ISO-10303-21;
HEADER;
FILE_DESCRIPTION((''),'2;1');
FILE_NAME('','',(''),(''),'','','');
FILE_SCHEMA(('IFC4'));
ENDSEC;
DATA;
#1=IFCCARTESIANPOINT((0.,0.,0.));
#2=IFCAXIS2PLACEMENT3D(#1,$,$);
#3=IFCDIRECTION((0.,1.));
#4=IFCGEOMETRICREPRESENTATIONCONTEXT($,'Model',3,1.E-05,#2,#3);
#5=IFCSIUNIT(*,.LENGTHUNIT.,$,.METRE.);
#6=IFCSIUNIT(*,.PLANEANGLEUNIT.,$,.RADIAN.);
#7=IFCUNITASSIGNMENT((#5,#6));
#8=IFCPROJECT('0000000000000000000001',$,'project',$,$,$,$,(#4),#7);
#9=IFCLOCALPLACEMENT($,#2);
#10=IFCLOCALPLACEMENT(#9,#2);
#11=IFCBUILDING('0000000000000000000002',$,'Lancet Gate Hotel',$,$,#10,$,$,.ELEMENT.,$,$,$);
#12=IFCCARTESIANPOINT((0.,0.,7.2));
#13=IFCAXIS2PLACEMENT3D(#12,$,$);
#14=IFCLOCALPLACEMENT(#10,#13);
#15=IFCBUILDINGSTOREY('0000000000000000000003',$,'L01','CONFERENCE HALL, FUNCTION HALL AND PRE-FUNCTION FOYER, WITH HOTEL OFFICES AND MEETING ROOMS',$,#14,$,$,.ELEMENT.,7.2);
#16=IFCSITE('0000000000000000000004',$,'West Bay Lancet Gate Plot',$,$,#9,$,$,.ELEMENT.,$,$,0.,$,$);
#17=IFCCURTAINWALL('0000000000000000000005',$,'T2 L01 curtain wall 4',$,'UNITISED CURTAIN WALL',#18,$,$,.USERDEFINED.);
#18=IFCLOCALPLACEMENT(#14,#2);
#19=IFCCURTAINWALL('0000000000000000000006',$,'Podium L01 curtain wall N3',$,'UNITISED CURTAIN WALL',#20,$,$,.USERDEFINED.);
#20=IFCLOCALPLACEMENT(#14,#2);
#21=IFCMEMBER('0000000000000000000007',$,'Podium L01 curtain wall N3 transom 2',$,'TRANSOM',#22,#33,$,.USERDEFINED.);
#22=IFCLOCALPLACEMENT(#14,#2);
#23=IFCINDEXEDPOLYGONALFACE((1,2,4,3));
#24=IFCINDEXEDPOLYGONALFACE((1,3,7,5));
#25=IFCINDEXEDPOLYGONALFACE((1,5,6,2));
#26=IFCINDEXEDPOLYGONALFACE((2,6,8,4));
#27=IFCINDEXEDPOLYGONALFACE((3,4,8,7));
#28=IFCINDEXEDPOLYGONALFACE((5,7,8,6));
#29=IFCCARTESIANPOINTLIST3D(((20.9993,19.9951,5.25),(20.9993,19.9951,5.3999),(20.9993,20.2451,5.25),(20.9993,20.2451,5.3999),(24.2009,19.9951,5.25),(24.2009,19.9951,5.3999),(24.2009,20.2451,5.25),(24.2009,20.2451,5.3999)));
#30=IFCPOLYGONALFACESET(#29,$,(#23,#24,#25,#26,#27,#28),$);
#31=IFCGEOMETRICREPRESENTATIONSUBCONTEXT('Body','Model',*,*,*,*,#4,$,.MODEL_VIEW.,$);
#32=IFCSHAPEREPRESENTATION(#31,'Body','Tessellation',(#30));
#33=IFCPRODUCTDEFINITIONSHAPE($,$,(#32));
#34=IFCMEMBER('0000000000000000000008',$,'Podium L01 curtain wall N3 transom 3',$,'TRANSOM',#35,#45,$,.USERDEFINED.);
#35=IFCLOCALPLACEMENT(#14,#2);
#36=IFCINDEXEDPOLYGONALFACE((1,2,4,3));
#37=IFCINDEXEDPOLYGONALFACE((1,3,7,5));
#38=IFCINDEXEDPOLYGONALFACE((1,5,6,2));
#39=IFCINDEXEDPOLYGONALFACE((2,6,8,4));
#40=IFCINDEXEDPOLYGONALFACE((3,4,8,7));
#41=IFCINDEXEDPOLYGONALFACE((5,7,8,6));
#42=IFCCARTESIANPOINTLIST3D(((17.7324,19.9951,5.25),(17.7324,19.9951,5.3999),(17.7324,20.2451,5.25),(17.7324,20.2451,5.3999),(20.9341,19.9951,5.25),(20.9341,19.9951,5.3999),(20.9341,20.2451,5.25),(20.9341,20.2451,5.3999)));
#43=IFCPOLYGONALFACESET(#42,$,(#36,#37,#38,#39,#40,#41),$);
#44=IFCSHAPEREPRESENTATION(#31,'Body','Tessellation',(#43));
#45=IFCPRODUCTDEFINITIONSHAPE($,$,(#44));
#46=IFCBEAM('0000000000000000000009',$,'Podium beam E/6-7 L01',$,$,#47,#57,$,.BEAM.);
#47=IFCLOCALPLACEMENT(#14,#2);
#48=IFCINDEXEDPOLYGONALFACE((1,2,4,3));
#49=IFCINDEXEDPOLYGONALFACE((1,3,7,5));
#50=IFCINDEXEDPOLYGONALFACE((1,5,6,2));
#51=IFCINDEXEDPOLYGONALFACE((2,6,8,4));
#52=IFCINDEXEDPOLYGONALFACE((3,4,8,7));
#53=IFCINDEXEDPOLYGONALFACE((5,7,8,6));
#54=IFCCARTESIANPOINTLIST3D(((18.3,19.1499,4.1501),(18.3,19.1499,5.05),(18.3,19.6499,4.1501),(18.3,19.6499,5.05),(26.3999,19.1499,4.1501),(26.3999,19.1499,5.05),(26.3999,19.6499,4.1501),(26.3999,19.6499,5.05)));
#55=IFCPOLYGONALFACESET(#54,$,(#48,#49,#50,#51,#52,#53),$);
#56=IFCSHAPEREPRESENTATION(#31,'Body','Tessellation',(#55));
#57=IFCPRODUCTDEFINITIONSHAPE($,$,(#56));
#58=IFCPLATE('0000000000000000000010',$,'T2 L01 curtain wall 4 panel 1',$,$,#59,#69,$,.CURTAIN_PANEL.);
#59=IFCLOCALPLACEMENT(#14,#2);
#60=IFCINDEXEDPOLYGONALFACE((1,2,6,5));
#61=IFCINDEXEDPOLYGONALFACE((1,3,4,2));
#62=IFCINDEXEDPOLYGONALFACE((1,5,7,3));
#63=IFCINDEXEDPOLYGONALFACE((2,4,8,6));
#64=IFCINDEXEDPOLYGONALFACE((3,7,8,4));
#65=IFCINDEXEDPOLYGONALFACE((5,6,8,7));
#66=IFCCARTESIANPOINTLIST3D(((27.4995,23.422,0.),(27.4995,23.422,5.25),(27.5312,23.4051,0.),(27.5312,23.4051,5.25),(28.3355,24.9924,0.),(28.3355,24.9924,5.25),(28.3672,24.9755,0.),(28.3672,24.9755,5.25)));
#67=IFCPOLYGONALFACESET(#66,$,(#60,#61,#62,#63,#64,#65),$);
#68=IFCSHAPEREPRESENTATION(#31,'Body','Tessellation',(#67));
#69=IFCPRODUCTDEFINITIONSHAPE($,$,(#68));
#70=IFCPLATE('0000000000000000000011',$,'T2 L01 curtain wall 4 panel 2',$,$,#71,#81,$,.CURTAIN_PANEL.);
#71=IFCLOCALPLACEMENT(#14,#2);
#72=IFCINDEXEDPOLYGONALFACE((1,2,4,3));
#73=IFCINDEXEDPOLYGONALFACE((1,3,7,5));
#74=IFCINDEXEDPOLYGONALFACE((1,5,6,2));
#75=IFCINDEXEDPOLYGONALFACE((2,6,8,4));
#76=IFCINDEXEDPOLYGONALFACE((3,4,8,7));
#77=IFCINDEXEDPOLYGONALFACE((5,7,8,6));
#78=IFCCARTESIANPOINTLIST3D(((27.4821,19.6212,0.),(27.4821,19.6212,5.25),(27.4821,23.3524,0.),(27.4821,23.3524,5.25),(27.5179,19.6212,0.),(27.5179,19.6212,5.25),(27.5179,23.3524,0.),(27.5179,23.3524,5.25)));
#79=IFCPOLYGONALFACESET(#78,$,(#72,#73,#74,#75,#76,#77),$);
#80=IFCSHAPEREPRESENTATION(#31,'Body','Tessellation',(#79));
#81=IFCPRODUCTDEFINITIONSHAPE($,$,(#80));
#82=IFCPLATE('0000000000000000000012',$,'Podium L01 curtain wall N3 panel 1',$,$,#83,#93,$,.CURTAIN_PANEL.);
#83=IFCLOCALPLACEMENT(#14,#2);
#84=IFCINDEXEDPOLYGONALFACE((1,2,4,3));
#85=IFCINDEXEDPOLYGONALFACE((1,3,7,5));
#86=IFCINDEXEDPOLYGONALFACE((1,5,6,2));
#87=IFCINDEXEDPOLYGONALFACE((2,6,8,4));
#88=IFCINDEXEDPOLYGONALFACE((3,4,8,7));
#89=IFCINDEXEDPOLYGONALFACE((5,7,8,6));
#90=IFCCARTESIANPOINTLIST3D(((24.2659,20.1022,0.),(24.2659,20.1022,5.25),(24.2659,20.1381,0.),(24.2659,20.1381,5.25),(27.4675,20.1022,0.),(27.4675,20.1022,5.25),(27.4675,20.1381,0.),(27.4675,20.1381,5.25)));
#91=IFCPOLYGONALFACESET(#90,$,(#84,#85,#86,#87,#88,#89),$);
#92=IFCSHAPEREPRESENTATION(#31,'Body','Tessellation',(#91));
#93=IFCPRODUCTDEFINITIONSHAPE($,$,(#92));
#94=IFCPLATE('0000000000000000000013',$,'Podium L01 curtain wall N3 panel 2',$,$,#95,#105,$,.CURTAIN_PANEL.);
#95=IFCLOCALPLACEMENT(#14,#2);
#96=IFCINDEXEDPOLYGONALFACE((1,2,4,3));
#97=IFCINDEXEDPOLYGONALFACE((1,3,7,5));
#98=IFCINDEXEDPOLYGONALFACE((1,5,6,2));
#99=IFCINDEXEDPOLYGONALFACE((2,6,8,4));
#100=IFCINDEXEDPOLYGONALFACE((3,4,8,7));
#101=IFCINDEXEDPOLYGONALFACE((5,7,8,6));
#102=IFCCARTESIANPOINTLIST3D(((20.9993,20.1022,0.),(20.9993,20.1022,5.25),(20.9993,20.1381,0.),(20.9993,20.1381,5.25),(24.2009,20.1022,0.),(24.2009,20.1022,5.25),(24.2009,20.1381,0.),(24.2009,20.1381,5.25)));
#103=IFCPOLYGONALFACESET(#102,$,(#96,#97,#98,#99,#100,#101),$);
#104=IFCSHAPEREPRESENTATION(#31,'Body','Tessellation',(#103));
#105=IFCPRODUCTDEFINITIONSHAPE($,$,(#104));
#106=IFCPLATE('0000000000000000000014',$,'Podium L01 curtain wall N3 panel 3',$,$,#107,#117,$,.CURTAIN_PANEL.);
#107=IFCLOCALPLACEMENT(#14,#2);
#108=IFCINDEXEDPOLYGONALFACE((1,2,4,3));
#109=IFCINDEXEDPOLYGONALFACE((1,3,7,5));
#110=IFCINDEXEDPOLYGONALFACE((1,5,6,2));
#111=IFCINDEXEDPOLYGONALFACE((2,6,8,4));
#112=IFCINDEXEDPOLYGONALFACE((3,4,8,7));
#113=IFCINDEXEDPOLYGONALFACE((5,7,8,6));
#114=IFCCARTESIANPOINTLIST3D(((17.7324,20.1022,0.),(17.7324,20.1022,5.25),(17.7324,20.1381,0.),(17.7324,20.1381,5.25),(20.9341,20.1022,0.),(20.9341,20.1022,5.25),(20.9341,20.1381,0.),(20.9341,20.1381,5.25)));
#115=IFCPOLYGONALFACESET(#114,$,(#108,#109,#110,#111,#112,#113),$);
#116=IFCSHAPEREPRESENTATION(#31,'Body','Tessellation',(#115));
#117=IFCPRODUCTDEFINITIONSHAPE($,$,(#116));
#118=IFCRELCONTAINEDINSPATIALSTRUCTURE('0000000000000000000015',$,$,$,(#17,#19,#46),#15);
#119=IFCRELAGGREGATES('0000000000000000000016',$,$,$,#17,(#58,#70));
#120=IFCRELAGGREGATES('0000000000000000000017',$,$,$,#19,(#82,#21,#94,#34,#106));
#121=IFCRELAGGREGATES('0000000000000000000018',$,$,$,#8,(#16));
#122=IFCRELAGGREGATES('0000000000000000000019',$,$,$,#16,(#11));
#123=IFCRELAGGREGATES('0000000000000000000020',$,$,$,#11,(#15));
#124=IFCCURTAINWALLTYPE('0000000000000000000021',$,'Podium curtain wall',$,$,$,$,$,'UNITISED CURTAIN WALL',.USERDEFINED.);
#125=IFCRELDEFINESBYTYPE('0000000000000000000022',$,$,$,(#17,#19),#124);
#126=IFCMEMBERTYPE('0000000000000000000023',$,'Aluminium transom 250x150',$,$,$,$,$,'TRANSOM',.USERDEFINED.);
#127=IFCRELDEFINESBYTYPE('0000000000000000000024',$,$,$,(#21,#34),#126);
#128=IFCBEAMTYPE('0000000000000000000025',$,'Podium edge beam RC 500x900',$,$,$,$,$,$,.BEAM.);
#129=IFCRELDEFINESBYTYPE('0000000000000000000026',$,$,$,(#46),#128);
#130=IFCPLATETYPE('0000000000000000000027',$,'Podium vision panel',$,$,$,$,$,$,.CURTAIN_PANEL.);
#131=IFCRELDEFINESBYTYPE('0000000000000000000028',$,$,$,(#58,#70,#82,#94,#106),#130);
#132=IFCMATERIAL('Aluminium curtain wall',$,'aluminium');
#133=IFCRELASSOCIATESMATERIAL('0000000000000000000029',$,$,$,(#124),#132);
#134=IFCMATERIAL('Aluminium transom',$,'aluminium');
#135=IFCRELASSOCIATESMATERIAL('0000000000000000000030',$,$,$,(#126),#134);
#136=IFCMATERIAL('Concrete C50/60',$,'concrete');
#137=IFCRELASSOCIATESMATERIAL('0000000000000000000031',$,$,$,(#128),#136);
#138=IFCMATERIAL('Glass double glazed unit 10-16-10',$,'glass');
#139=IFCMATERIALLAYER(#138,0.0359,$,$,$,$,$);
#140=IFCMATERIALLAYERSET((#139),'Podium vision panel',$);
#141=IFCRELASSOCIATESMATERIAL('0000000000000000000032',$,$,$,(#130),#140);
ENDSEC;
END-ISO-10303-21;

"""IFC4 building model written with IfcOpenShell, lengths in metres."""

from ifc_helpers import new_model, si_unit, direction, frame, origin, origin_2d, place, context, subcontext, project, spatial, rectangle, extrude, material, layer, layer_set, material_profile, profile_set, type_object, element, aggregate, save


model = new_model("IFC4")

# Units and contexts
model_context = context("Model", 3, precision=1e-05, world=origin(), true_north=direction((0.0, 1.0)))
body_context = subcontext(model_context, "Body", "Model", "MODEL_VIEW")
ifc_project = project(units=[si_unit("LENGTHUNIT", "METRE"), si_unit("PLANEANGLEUNIT", "RADIAN")], contexts=[model_context])

# Site, building, storey
site_placement = place(None, origin())
site = spatial("IfcSite", under=ifc_project, at=site_placement, Name="West Bay Lancet Gate Plot", CompositionType="ELEMENT", RefElevation=0.0)
building_placement = place(site_placement, origin())
building = spatial("IfcBuilding", under=site, at=building_placement, Name="Lancet Gate Hotel", CompositionType="ELEMENT")
storey_placement = place(building_placement, frame((0.0, 0.0, 7.2)))
storey = spatial("IfcBuildingStorey", under=building, at=storey_placement, Name="L01", Description="CONFERENCE HALL, FUNCTION HALL AND PRE-FUNCTION FOYER, WITH HOTEL OFFICES AND MEETING ROOMS", CompositionType="ELEMENT", Elevation=7.2)

# Shared definitions
ifc_material_1 = material(Name="Aluminium curtain wall", Category="aluminium")
curtain_wall_type = type_object("IfcCurtainWallType", Name="Podium curtain wall", ElementType="UNITISED CURTAIN WALL", PredefinedType="USERDEFINED", material=ifc_material_1)

# Curtain walls
curtain_wall_1_placement = place(storey_placement, origin())
curtain_wall_1 = element("IfcCurtainWall", 1, at=curtain_wall_1_placement, inside=storey, type_object=curtain_wall_type, Name="T2 L01 curtain wall 4", ObjectType="UNITISED CURTAIN WALL", PredefinedType="USERDEFINED")
curtain_wall_2_placement = place(storey_placement, origin())
curtain_wall_2 = element("IfcCurtainWall", 2, at=curtain_wall_2_placement, inside=storey, type_object=curtain_wall_type, Name="Podium L01 curtain wall N3", ObjectType="UNITISED CURTAIN WALL", PredefinedType="USERDEFINED")

# Members
ifc_material_2 = material(Name="Aluminium transom", Category="aluminium")
ifc_material_profile_1 = material_profile(ifc_material_2, rectangle(XDim=0.25, YDim=0.1499, at=origin_2d()), Name="TRANSOM 250x150")
ifc_profile_set_1 = profile_set([ifc_material_profile_1], Name="Aluminium transom")
member_type_1 = type_object("IfcMemberType", Name="Aluminium transom 250x150", ElementType="TRANSOM", PredefinedType="USERDEFINED", material=ifc_profile_set_1)
member_1_placement = place(storey_placement, frame((24.2009, 20.1201, 5.325), z_axis=(-1.0, 0.0, 0.0), x_axis=(0.0, -1.0, 0.0)))
member_1 = element("IfcMember", 3, at=member_1_placement, type_object=member_type_1, Name="Podium L01 curtain wall N3 transom 2", ObjectType="TRANSOM", PredefinedType="USERDEFINED", context=body_context, shape_type="SweptSolid", body=[
    extrude(rectangle(XDim=0.25, YDim=0.1499, at=origin_2d()), origin(), (0.0, 0.0, 1.0), 3.2017),
])
member_2_placement = place(storey_placement, frame((20.9341, 20.1201, 5.325), z_axis=(-1.0, 0.0, 0.0), x_axis=(0.0, -1.0, 0.0)))
member_2 = element("IfcMember", 4, at=member_2_placement, type_object=member_type_1, Name="Podium L01 curtain wall N3 transom 3", ObjectType="TRANSOM", PredefinedType="USERDEFINED", context=body_context, shape_type="SweptSolid", body=[
    extrude(rectangle(XDim=0.25, YDim=0.1499, at=origin_2d()), origin(), (0.0, 0.0, 1.0), 3.2017),
])

# Beam
ifc_material_3 = material(Name="Concrete C50/60", Category="concrete")
ifc_material_profile_2 = material_profile(ifc_material_3, rectangle(XDim=0.5, YDim=0.8999, at=origin_2d()), Name="RC 500x900")
ifc_profile_set_2 = profile_set([ifc_material_profile_2], Name="Concrete C50/60")
beam_type = type_object("IfcBeamType", Name="Podium edge beam RC 500x900", PredefinedType="BEAM", material=ifc_profile_set_2)
beam_placement = place(storey_placement, frame((18.3, 19.3999, 4.6001), z_axis=(1.0, 0.0, 0.0), x_axis=(0.0, 1.0, 0.0)))
element("IfcBeam", 5, at=beam_placement, inside=storey, type_object=beam_type, Name="Podium beam E/6-7 L01", PredefinedType="BEAM", context=body_context, shape_type="SweptSolid", body=[
    extrude(rectangle(XDim=0.5, YDim=0.8999, at=origin_2d()), origin(), (0.0, 0.0, 1.0), 8.0999),
])

# Plates
ifc_material_4 = material(Name="Glass double glazed unit 10-16-10", Category="glass")
ifc_layer = layer(ifc_material_4, 0.0359)
ifc_layer_set = layer_set([ifc_layer], Name="Podium vision panel")
plate_type = type_object("IfcPlateType", Name="Podium vision panel", PredefinedType="CURTAIN_PANEL", material=ifc_layer_set)
plate_1_placement = place(storey_placement, frame((27.9333, 24.1987, 0.0), z_axis=(0.0, 0.0, 1.0), x_axis=(-0.469898, -0.882721, 0.0)))
plate_1 = element("IfcPlate", 6, at=plate_1_placement, type_object=plate_type, Name="T2 L01 curtain wall 4 panel 1", PredefinedType="CURTAIN_PANEL", context=body_context, shape_type="SweptSolid", body=[
    extrude(rectangle(XDim=1.7791, YDim=0.0359, at=origin_2d()), origin(), (0.0, 0.0, 1.0), 5.25),
])
plate_2_placement = place(storey_placement, frame((27.5, 21.4868, 0.0), z_axis=(0.0, 0.0, 1.0), x_axis=(0.0, -1.0, 0.0)))
plate_2 = element("IfcPlate", 7, at=plate_2_placement, type_object=plate_type, Name="T2 L01 curtain wall 4 panel 2", PredefinedType="CURTAIN_PANEL", context=body_context, shape_type="SweptSolid", body=[
    extrude(rectangle(XDim=3.7312, YDim=0.0359, at=origin_2d()), origin(), (0.0, 0.0, 1.0), 5.25),
])
aggregate(curtain_wall_1, [plate_1, plate_2])
plate_3_placement = place(storey_placement, frame((25.8667, 20.1201, 0.0), z_axis=(0.0, 0.0, 1.0), x_axis=(-1.0, 0.0, 0.0)))
plate_3 = element("IfcPlate", 8, at=plate_3_placement, type_object=plate_type, Name="Podium L01 curtain wall N3 panel 1", PredefinedType="CURTAIN_PANEL", context=body_context, shape_type="SweptSolid", body=[
    extrude(rectangle(XDim=3.2017, YDim=0.0359, at=origin_2d()), origin(), (0.0, 0.0, 1.0), 5.25),
])
plate_4_placement = place(storey_placement, frame((22.6001, 20.1201, 0.0), z_axis=(0.0, 0.0, 1.0), x_axis=(-1.0, 0.0, 0.0)))
plate_4 = element("IfcPlate", 9, at=plate_4_placement, type_object=plate_type, Name="Podium L01 curtain wall N3 panel 2", PredefinedType="CURTAIN_PANEL", context=body_context, shape_type="SweptSolid", body=[
    extrude(rectangle(XDim=3.2017, YDim=0.0359, at=origin_2d()), origin(), (0.0, 0.0, 1.0), 5.25),
])
plate_5_placement = place(storey_placement, frame((19.3333, 20.1201, 0.0), z_axis=(0.0, 0.0, 1.0), x_axis=(-1.0, 0.0, 0.0)))
plate_5 = element("IfcPlate", 10, at=plate_5_placement, type_object=plate_type, Name="Podium L01 curtain wall N3 panel 3", PredefinedType="CURTAIN_PANEL", context=body_context, shape_type="SweptSolid", body=[
    extrude(rectangle(XDim=3.2017, YDim=0.0359, at=origin_2d()), origin(), (0.0, 0.0, 1.0), 5.25),
])
aggregate(curtain_wall_2, [plate_3, member_1, plate_4, member_2, plate_5])

save(model, "model.ifc")
